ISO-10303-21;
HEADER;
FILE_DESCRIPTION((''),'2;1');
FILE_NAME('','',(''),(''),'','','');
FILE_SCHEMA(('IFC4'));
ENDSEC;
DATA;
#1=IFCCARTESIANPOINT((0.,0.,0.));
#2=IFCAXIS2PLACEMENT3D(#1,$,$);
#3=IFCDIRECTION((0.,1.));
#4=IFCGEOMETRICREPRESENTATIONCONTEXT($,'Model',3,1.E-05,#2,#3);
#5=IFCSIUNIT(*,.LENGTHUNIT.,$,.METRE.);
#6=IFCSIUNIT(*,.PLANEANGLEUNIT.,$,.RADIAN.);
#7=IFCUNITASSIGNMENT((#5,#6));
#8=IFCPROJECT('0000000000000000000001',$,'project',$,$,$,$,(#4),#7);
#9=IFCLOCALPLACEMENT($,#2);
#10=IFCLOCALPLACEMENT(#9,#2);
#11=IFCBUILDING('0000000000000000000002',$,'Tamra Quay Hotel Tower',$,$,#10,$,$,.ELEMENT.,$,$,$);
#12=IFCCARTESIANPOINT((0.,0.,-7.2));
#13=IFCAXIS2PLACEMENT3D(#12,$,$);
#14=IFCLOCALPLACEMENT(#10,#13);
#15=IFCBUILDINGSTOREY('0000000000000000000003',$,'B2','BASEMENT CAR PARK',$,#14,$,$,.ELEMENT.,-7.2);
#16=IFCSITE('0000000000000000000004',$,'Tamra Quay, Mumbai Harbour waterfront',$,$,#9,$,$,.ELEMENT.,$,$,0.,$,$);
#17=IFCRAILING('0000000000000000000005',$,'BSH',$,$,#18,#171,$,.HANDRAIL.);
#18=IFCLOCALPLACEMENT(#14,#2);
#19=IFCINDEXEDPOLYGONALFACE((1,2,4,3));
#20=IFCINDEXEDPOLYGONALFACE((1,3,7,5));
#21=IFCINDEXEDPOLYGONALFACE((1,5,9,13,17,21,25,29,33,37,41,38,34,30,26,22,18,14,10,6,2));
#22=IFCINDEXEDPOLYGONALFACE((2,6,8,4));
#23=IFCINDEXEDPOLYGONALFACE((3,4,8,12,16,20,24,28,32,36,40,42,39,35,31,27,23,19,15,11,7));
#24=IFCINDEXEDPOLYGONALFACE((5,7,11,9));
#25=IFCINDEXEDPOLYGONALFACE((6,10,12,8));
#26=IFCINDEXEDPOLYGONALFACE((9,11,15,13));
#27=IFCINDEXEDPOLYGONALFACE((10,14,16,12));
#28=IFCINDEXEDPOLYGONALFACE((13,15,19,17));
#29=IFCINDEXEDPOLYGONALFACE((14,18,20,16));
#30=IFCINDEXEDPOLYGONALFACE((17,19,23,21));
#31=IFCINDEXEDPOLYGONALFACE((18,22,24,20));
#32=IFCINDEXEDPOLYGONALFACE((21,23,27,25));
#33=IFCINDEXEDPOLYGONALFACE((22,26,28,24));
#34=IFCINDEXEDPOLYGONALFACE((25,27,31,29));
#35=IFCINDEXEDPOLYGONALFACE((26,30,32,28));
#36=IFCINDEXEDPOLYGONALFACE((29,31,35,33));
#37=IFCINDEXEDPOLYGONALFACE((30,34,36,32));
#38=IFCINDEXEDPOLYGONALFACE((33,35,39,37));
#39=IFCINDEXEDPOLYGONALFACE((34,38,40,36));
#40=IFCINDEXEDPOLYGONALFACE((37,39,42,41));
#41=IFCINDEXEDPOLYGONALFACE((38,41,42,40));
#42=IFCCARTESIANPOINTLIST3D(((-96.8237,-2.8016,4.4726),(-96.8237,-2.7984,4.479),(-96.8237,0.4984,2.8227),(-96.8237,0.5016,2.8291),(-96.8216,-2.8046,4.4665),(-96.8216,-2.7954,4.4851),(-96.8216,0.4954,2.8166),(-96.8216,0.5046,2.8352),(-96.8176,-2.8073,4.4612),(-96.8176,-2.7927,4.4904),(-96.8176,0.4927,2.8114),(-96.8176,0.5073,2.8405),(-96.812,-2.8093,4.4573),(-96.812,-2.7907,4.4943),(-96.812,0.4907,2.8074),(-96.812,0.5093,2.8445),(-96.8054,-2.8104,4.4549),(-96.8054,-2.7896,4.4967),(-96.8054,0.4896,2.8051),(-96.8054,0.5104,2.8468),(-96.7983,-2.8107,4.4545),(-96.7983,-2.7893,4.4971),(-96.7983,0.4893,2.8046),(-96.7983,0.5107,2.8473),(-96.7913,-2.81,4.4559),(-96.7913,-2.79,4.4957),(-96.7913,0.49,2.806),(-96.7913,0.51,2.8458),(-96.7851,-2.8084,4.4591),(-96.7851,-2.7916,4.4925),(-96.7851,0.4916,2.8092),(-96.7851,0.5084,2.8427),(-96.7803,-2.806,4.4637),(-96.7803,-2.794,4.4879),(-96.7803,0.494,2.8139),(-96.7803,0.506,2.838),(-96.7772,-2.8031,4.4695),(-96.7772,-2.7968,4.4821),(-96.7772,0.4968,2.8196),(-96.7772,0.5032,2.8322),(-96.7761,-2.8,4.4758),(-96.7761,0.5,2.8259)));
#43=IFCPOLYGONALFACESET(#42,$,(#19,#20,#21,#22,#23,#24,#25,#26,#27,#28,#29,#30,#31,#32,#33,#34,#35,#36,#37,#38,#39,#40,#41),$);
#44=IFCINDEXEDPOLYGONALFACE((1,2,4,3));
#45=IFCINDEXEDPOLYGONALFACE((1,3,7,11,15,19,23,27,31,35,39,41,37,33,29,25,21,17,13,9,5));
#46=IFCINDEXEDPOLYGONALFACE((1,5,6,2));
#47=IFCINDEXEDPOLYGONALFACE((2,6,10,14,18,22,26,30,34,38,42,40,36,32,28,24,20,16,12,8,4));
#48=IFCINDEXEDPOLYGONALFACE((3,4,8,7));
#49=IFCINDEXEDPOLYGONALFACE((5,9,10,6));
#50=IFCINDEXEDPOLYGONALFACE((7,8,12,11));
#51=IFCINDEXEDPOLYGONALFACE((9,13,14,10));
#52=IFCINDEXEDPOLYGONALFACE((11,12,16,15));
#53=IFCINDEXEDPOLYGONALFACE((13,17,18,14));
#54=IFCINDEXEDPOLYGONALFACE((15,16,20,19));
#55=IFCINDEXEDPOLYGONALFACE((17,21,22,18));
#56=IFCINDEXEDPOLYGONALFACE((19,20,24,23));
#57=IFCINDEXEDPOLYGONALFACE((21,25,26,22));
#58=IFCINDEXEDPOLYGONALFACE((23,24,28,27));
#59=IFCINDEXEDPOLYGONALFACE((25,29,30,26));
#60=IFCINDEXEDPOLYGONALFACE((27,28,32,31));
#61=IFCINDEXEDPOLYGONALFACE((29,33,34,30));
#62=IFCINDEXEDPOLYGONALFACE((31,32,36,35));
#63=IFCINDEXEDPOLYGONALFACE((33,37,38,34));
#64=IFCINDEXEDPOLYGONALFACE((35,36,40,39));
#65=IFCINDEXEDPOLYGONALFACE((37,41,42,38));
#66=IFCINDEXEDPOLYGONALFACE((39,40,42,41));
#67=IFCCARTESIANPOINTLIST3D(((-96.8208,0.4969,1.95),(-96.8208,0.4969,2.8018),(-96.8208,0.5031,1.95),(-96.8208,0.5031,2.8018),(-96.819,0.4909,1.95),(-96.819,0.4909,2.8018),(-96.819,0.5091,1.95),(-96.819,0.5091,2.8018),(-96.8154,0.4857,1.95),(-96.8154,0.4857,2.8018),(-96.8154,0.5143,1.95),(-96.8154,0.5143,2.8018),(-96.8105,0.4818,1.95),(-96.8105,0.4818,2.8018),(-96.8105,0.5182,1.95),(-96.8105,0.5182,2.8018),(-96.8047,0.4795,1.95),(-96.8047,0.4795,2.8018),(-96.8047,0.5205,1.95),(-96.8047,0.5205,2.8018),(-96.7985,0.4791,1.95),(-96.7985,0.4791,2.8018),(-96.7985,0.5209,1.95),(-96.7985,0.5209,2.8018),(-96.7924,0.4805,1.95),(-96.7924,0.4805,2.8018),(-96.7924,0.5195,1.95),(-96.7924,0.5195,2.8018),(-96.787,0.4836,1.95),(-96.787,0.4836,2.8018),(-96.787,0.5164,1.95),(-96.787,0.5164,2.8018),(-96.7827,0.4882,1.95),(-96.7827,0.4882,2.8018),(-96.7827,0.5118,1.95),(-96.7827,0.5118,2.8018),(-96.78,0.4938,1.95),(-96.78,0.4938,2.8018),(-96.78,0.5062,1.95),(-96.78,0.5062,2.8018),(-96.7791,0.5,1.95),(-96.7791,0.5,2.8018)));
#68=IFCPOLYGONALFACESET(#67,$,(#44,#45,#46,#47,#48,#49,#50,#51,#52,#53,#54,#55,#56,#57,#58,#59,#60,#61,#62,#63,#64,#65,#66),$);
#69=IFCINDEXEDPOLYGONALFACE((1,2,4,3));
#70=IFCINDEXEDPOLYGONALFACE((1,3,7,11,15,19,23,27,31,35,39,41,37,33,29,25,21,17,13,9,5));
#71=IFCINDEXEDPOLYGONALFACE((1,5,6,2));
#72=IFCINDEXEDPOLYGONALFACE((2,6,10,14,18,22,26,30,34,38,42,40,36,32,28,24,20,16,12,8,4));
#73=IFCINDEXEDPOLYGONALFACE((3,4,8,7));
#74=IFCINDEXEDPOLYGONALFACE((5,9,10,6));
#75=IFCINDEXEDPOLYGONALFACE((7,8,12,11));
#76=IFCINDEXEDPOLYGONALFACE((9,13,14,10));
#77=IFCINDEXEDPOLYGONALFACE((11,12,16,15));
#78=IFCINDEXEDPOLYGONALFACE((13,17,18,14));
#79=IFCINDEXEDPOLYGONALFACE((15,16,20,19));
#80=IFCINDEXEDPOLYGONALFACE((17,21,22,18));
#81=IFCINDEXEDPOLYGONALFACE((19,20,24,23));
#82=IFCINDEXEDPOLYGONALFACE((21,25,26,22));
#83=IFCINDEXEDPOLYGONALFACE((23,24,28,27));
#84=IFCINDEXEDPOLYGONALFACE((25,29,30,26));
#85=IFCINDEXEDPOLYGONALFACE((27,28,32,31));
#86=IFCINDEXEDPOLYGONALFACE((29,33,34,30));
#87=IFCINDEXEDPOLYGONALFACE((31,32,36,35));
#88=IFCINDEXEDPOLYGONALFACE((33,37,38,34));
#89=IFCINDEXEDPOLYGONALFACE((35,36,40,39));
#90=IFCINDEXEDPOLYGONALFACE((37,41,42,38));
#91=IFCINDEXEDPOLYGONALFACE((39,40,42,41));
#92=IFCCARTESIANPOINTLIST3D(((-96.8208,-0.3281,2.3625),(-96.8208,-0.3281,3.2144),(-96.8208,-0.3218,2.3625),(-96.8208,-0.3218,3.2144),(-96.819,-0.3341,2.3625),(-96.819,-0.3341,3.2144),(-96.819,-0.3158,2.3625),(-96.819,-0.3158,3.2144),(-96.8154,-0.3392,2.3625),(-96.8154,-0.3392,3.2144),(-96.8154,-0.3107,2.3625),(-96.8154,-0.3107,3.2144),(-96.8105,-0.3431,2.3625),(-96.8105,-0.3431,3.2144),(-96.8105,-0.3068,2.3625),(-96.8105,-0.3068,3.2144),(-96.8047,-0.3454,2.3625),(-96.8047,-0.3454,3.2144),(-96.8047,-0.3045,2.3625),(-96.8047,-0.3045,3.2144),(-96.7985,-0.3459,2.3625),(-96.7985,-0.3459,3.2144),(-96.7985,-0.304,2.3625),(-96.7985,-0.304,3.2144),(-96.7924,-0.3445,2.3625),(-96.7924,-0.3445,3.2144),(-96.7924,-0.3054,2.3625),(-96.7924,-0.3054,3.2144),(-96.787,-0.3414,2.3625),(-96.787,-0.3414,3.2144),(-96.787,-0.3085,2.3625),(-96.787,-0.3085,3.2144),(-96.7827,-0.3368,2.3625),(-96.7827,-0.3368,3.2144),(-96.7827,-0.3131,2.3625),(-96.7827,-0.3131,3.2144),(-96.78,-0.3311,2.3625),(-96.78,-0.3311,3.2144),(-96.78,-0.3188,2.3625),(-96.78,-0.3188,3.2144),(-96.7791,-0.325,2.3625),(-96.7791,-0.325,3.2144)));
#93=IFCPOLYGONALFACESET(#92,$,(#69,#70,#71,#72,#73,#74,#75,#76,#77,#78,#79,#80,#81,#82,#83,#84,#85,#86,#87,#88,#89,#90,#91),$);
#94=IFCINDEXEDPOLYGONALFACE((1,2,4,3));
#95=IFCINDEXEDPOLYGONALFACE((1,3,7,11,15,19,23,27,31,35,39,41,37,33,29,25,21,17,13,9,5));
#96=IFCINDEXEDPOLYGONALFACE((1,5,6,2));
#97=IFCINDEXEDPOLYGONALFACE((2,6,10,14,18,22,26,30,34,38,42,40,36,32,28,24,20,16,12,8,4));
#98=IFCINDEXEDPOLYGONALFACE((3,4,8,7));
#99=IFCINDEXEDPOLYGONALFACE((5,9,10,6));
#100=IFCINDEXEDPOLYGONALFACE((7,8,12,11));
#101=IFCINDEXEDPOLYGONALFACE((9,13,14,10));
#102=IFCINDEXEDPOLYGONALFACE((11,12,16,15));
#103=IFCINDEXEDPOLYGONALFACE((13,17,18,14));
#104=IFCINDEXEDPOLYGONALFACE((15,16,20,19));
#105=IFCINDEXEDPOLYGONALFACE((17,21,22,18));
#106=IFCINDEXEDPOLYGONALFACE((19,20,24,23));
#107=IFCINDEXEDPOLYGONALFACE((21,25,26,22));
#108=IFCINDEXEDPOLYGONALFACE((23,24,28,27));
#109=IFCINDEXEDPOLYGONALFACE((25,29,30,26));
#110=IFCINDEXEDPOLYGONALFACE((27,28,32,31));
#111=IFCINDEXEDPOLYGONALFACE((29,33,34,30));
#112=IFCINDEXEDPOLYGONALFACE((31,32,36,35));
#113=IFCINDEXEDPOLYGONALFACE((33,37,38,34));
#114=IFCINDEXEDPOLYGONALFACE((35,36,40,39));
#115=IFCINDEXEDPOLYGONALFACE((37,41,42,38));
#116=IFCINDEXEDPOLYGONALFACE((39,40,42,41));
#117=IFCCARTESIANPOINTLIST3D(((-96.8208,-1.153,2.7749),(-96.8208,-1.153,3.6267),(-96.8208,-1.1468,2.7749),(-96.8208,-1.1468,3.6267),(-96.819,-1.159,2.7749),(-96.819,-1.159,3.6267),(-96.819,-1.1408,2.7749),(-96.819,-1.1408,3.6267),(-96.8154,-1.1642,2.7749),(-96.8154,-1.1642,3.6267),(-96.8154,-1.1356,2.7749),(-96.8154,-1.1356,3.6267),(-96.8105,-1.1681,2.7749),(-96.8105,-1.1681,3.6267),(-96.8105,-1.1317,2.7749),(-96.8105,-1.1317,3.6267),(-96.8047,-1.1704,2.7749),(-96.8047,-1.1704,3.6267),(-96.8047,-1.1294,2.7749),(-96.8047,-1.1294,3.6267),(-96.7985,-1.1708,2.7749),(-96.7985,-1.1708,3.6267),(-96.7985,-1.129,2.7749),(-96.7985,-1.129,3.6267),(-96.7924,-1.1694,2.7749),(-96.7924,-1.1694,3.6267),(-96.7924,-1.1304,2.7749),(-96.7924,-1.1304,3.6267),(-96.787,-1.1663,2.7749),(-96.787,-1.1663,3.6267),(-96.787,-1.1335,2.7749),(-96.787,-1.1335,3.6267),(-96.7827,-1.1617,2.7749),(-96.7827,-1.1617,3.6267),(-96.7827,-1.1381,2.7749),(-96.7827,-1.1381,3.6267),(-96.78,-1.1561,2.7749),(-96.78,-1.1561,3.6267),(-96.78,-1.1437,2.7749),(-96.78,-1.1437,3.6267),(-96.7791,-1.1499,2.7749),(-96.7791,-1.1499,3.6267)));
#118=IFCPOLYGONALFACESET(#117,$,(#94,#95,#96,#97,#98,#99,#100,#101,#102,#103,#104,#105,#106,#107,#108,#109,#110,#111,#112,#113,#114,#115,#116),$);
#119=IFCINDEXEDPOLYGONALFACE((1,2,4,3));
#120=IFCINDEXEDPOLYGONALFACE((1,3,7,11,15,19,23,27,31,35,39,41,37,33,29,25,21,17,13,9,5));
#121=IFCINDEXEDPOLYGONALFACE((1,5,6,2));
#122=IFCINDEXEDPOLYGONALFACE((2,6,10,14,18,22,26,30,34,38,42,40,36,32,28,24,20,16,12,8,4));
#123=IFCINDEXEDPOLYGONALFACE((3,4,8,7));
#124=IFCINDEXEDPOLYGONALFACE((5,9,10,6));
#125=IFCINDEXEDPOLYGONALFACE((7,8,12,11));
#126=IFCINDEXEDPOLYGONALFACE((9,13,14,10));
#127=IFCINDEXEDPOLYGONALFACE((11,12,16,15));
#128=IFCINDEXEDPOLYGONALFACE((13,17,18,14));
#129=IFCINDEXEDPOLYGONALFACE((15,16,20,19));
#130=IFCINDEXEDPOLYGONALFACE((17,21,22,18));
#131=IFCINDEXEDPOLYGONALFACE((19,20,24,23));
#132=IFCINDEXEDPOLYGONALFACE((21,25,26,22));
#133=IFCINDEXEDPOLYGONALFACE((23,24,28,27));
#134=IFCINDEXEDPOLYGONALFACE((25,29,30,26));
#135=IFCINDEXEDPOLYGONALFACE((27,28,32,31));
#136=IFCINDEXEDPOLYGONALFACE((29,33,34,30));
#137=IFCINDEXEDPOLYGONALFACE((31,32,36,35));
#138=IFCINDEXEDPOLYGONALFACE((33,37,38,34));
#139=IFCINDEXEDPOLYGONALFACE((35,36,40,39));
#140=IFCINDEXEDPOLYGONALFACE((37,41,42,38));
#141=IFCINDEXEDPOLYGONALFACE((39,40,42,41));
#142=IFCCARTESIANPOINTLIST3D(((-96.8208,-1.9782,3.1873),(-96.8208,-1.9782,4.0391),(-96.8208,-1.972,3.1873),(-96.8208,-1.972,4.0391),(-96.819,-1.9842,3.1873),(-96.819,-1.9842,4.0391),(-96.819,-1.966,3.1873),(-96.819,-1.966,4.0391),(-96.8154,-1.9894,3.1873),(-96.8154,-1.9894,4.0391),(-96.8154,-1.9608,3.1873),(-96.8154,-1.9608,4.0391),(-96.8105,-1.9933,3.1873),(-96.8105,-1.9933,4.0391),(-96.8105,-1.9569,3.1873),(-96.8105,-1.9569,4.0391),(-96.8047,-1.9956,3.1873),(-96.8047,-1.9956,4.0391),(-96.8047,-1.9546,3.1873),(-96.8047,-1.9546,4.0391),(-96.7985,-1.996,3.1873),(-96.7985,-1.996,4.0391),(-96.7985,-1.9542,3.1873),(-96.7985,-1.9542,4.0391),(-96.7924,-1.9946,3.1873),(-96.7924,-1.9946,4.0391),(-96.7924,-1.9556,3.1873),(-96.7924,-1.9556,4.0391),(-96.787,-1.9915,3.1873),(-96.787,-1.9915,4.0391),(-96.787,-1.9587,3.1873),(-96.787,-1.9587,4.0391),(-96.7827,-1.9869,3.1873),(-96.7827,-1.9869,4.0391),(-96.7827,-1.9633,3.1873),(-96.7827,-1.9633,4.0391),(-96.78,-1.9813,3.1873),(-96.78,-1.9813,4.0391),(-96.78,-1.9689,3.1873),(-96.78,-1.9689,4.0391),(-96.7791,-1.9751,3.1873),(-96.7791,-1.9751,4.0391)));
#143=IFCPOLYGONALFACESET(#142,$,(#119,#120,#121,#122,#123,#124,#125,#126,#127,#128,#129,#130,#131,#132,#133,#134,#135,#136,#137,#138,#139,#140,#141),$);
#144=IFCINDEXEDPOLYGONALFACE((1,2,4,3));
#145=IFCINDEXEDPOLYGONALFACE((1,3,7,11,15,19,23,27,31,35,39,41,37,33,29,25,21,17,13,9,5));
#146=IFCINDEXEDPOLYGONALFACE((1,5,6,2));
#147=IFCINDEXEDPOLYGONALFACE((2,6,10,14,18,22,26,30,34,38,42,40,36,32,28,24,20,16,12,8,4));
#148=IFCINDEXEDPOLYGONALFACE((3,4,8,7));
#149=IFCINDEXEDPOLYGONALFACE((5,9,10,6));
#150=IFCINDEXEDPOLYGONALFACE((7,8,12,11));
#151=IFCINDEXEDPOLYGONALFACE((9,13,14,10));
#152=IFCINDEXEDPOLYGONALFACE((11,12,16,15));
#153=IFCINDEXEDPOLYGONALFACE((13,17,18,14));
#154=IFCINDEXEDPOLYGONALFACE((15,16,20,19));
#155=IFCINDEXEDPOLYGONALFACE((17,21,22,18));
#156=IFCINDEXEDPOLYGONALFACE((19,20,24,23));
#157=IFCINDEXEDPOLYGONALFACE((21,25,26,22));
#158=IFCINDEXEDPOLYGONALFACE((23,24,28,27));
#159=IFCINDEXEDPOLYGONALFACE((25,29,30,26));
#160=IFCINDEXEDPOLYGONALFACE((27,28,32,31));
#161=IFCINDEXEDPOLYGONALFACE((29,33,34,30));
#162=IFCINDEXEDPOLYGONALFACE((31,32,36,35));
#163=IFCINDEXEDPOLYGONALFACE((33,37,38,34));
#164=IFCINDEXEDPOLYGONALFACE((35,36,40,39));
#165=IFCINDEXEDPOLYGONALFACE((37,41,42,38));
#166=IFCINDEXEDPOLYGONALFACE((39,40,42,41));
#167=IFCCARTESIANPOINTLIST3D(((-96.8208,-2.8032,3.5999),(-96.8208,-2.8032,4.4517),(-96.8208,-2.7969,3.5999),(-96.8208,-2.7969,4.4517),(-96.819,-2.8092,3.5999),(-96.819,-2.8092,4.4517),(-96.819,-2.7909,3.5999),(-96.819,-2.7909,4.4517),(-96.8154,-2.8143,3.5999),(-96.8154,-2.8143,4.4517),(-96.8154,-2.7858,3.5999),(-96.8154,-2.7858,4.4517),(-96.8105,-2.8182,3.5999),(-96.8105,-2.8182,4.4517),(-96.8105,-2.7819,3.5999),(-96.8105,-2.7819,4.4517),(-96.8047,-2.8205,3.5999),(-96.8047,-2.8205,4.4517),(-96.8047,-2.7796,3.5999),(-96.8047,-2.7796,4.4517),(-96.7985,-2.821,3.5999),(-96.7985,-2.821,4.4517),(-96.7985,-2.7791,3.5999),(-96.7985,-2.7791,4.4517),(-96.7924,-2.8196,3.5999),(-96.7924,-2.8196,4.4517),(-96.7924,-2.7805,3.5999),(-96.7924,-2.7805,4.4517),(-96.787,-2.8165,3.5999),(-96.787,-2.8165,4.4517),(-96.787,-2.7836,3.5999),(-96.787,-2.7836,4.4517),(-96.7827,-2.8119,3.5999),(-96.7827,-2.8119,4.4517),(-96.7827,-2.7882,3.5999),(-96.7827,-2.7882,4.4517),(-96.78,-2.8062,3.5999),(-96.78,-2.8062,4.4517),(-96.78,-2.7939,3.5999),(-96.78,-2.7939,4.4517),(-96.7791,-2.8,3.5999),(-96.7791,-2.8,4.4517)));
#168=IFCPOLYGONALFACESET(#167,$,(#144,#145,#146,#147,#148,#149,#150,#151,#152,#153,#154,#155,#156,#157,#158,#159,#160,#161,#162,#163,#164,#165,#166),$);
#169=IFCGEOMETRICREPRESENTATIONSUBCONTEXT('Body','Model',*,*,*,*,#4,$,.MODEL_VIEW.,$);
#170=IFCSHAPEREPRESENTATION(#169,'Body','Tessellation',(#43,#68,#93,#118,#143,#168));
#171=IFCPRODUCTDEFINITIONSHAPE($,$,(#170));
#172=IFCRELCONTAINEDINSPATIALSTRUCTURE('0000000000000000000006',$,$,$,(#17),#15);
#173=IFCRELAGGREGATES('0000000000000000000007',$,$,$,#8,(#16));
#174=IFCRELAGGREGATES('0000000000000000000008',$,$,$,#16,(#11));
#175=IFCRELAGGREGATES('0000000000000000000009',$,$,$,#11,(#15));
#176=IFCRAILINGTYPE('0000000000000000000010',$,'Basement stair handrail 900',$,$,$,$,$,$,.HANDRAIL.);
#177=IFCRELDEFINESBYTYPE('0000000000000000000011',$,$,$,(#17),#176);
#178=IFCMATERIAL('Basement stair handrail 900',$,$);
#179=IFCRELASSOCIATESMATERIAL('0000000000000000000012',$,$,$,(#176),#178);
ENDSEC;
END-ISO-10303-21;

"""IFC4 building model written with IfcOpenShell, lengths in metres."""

from ifc_helpers import new_model, si_unit, direction, frame, origin, origin_2d, place, context, subcontext, project, spatial, circle, extrude, material, type_object, element, save


model = new_model("IFC4")

# Units and contexts
model_context = context("Model", 3, precision=1e-05, world=origin(), true_north=direction((0.0, 1.0)))
body_context = subcontext(model_context, "Body", "Model", "MODEL_VIEW")
ifc_project = project(units=[si_unit("LENGTHUNIT", "METRE"), si_unit("PLANEANGLEUNIT", "RADIAN")], contexts=[model_context])

# Site, building, storey
site_placement = place(None, origin())
site = spatial("IfcSite", under=ifc_project, at=site_placement, Name="Tamra Quay, Mumbai Harbour waterfront", CompositionType="ELEMENT", RefElevation=0.0)
building_placement = place(site_placement, origin())
building = spatial("IfcBuilding", under=site, at=building_placement, Name="Tamra Quay Hotel Tower", CompositionType="ELEMENT")
storey_placement = place(building_placement, frame((0.0, 0.0, -7.2)))
storey = spatial("IfcBuildingStorey", under=building, at=storey_placement, Name="B2", Description="BASEMENT CAR PARK", CompositionType="ELEMENT", Elevation=-7.2)

# Railing
ifc_material_1 = material(Name="Basement stair handrail 900")
railing_type_1 = type_object("IfcRailingType", Name="Basement stair handrail 900", PredefinedType="HANDRAIL", material=ifc_material_1)
railing_1_placement = place(storey_placement, frame((-96.8, 0.5, 1.95)))
element("IfcRailing", 1, at=railing_1_placement, inside=storey, type_object=railing_type_1, Name="BSH", PredefinedType="HANDRAIL", context=body_context, shape_type="SweptSolid", body=[
    extrude(circle(Radius=0.0239, at=origin_2d()), frame((0.0, 0.0, 0.876), z_axis=(0.0, -0.89444, 0.447187), x_axis=(1.0, 0.0, 0.0)), (0.0, 0.0, 1.0), 3.6895),
    extrude(circle(Radius=0.021, at=origin_2d()), origin(), (0.0, 0.0, 1.0), 0.8518),
    extrude(circle(Radius=0.021, at=origin_2d()), frame((0.0, -0.825, 0.4126)), (0.0, 0.0, 1.0), 0.8518),
    extrude(circle(Radius=0.021, at=origin_2d()), frame((0.0, -1.6499, 0.825)), (0.0, 0.0, 1.0), 0.8518),
    extrude(circle(Radius=0.021, at=origin_2d()), frame((0.0, -2.4751, 1.2373)), (0.0, 0.0, 1.0), 0.8518),
    extrude(circle(Radius=0.021, at=origin_2d()), frame((0.0, -3.3, 1.6499)), (0.0, 0.0, 1.0), 0.8518),
])

save(model, "model.ifc")
